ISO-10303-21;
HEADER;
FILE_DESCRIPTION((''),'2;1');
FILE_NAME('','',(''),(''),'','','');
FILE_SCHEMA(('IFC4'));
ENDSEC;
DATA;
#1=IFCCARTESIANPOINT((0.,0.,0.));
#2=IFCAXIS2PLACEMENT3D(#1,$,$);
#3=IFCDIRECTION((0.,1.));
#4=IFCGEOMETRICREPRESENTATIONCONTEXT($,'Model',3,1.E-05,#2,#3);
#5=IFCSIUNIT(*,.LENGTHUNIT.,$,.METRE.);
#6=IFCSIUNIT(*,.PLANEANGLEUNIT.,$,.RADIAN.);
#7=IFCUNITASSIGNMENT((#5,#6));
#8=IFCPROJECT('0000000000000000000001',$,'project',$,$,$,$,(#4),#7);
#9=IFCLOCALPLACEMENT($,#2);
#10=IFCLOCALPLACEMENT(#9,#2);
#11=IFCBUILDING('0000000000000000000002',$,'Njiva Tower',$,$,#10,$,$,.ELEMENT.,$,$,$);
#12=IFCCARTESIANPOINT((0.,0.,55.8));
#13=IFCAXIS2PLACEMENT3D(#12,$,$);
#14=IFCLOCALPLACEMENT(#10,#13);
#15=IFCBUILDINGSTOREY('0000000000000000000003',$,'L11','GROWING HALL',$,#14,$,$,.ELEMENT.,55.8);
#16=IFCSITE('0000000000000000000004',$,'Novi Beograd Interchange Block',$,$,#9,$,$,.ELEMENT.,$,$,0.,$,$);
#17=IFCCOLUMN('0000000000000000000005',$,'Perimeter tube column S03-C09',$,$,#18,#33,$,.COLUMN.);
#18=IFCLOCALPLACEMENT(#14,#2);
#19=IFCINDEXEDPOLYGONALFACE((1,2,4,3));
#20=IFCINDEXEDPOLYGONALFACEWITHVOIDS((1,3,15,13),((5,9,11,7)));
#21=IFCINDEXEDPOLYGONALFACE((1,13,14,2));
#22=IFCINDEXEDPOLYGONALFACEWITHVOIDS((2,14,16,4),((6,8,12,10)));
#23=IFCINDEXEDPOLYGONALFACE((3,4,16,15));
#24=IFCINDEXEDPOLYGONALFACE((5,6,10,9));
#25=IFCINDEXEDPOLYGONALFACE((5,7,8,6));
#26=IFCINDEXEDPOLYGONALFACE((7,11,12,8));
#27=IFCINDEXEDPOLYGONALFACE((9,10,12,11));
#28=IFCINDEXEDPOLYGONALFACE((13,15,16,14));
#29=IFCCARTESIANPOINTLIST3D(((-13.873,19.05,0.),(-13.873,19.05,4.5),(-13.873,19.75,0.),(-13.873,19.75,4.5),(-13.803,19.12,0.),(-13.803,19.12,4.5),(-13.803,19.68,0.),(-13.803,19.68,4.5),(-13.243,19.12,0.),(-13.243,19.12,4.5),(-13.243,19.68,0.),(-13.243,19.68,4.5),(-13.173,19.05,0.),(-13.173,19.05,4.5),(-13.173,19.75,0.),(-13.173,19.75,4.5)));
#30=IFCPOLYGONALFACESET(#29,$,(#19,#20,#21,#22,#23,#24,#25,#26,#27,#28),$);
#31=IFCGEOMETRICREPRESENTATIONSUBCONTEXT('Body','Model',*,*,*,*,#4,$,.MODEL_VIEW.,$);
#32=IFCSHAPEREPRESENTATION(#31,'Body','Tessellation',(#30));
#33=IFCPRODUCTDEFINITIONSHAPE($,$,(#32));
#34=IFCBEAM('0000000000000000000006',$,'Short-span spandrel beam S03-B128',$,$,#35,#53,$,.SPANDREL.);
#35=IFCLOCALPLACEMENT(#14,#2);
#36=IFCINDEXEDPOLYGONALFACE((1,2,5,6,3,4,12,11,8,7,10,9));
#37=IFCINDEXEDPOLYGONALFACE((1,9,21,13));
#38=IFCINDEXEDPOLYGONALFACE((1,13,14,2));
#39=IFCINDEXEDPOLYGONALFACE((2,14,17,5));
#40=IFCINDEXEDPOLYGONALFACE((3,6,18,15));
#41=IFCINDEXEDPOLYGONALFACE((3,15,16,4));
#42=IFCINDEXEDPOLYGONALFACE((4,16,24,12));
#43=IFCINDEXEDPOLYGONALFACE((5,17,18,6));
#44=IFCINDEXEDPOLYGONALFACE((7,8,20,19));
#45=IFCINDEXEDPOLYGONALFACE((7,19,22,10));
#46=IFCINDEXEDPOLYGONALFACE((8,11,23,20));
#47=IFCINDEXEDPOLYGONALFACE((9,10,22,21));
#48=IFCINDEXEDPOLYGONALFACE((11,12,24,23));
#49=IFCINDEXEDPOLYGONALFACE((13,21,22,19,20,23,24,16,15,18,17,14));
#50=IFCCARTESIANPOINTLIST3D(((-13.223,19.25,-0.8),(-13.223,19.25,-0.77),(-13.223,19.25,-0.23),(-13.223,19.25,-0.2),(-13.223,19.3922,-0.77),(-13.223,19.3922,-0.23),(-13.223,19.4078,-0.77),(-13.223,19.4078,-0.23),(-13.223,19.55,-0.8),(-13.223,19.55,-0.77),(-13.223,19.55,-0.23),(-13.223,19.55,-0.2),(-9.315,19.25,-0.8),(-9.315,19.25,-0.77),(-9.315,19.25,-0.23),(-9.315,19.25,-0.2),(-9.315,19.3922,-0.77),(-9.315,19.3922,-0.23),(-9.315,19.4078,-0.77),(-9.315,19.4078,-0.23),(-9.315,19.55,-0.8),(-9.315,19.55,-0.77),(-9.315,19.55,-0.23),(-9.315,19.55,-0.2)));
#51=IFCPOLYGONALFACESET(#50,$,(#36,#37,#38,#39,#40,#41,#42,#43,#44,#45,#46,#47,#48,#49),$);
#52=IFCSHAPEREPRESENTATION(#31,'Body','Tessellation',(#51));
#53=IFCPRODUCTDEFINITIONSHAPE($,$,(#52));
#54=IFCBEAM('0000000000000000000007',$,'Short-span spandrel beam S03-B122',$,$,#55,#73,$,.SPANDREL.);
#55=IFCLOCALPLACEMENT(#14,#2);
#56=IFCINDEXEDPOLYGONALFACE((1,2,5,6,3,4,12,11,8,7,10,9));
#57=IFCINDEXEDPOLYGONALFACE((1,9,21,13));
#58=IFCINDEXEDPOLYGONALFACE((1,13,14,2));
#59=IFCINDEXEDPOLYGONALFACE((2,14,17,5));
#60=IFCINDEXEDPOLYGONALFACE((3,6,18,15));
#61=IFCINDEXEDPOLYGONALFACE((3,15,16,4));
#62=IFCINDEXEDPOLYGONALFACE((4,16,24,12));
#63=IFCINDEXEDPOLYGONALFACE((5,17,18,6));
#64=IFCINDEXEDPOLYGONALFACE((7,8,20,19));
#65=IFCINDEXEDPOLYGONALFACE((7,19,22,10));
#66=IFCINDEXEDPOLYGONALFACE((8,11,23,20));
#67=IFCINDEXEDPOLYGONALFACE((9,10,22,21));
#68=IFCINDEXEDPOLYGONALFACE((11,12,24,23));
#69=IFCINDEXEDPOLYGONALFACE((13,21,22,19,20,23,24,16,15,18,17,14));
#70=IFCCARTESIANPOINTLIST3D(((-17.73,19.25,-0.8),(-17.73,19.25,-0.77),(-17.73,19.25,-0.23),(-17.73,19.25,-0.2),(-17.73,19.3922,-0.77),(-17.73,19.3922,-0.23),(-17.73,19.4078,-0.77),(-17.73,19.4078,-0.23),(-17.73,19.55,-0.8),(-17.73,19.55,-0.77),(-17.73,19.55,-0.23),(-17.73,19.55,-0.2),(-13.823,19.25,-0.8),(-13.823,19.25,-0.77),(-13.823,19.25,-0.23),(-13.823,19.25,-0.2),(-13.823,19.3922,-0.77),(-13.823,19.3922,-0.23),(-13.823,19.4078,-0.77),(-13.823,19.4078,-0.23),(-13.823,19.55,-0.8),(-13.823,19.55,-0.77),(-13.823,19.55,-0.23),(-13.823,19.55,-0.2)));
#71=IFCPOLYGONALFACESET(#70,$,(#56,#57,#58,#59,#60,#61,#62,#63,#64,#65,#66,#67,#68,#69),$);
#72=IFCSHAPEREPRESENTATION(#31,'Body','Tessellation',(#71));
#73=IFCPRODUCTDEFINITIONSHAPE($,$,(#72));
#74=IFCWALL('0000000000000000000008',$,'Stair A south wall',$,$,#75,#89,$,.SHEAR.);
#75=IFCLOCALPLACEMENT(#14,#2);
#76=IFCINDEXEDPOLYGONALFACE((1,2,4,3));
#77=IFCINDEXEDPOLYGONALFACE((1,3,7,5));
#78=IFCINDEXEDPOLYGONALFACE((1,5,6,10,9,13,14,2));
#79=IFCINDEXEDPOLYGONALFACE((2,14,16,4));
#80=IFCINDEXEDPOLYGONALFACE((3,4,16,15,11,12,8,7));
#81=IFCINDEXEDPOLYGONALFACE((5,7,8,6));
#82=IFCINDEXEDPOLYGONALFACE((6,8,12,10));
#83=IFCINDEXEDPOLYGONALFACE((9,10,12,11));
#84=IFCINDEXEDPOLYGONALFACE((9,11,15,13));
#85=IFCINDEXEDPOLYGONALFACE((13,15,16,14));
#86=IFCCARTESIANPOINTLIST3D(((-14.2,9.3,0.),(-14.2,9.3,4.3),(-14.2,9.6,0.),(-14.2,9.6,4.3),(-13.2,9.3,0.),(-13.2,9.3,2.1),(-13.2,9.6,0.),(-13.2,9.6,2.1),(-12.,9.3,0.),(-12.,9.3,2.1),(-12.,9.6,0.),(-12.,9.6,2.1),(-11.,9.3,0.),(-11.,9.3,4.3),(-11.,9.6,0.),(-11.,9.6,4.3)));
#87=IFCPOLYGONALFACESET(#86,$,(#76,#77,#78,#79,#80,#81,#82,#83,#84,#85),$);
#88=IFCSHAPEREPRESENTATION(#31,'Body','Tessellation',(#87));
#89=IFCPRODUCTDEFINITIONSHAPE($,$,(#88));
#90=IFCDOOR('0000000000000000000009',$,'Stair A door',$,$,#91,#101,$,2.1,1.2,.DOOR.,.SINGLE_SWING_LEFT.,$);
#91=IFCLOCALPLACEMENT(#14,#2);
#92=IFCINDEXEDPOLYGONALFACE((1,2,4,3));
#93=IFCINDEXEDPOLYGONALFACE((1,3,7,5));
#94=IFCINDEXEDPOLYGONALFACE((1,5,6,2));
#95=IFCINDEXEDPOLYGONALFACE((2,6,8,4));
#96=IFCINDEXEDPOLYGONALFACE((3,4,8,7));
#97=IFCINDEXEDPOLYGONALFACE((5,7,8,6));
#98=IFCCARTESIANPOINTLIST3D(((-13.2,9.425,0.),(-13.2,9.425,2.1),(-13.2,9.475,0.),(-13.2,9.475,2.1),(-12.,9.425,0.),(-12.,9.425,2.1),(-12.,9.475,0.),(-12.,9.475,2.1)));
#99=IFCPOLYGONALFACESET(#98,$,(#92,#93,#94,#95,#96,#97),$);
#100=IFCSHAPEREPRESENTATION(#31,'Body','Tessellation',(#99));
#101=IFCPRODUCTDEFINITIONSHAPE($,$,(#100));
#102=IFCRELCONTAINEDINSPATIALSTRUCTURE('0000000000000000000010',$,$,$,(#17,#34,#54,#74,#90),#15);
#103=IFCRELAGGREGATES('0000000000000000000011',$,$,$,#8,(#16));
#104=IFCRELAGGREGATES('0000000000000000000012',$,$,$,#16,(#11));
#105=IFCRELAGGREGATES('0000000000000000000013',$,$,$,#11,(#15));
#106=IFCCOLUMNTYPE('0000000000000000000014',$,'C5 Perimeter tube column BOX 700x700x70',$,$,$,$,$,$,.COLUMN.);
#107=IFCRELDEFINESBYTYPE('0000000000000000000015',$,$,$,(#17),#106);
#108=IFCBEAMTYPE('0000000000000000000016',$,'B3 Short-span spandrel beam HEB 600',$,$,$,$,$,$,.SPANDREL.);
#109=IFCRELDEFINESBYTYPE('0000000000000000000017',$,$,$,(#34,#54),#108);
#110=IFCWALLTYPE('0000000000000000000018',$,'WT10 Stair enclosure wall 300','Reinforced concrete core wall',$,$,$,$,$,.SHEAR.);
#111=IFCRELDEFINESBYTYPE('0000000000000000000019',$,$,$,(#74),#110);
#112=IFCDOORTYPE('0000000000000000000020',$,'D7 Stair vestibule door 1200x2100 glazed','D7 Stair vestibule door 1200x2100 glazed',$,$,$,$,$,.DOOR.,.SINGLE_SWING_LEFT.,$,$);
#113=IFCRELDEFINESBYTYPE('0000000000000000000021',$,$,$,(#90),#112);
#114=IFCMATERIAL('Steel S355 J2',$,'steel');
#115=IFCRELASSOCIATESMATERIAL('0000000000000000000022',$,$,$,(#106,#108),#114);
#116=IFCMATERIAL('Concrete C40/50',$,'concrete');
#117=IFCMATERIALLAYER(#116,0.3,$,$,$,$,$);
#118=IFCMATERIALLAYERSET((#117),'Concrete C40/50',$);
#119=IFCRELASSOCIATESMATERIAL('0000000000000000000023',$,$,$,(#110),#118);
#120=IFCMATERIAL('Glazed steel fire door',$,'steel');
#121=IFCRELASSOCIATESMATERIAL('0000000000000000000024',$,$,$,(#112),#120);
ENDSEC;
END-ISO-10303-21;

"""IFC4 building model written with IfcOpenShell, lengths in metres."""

from ifc_helpers import new_model, si_unit, direction, frame, frame_2d, origin, origin_2d, place, context, subcontext, project, spatial, rectangle, hollow_rectangle, i_section, extrude, material, layer, layer_set, material_profile, profile_set, type_object, element, fill, save


model = new_model("IFC4")

# Units and contexts
model_context = context("Model", 3, precision=1e-05, world=origin(), true_north=direction((0.0, 1.0)))
body_context = subcontext(model_context, "Body", "Model", "MODEL_VIEW")
ifc_project = project(units=[si_unit("LENGTHUNIT", "METRE"), si_unit("PLANEANGLEUNIT", "RADIAN")], contexts=[model_context])

# Site, building, storey
site_placement = place(None, origin())
site = spatial("IfcSite", under=ifc_project, at=site_placement, Name="Novi Beograd Interchange Block", CompositionType="ELEMENT", RefElevation=0.0)
building_placement = place(site_placement, origin())
building = spatial("IfcBuilding", under=site, at=building_placement, Name="Njiva Tower", CompositionType="ELEMENT")
storey_placement = place(building_placement, frame((0.0, 0.0, 55.8)))
storey = spatial("IfcBuildingStorey", under=building, at=storey_placement, Name="L11", Description="GROWING HALL", CompositionType="ELEMENT", Elevation=55.8)

# Column
ifc_material_1 = material(Name="Steel S355 J2", Category="steel")
ifc_material_profile_1 = material_profile(ifc_material_1, hollow_rectangle(XDim=0.7, YDim=0.7, WallThickness=0.07, at=origin_2d()), Name="BOX 700x700x70")
ifc_profile_set_1 = profile_set([ifc_material_profile_1], Name="Steel S355 J2")
column_type = type_object("IfcColumnType", Name="C5 Perimeter tube column BOX 700x700x70", PredefinedType="COLUMN", material=ifc_profile_set_1)
column_placement = place(storey_placement, frame((-13.523, 19.4, 0.0), z_axis=(0.0, 0.0, 1.0), x_axis=(-1.0, 0.0, 0.0)))
element("IfcColumn", 1, at=column_placement, inside=storey, type_object=column_type, Name="Perimeter tube column S03-C09", PredefinedType="COLUMN", context=body_context, shape_type="SweptSolid", body=[
    extrude(hollow_rectangle(XDim=0.7, YDim=0.7, WallThickness=0.07, at=origin_2d()), origin(), (0.0, 0.0, 1.0), 4.5),
])

# Beams
ifc_material_profile_2 = material_profile(ifc_material_1, i_section(OverallWidth=0.3, OverallDepth=0.6, WebThickness=0.0155, FlangeThickness=0.03, at=origin_2d()), Name="HEB 600")
ifc_profile_set_2 = profile_set([ifc_material_profile_2], Name="Steel S355 J2")
beam_type = type_object("IfcBeamType", Name="B3 Short-span spandrel beam HEB 600", PredefinedType="SPANDREL", material=ifc_profile_set_2)
beam_1_placement = place(storey_placement, frame((-9.315, 19.4, -0.5), z_axis=(-1.0, 0.0, 0.0), x_axis=(0.0, -1.0, 0.0)))
element("IfcBeam", 2, at=beam_1_placement, inside=storey, type_object=beam_type, Name="Short-span spandrel beam S03-B128", PredefinedType="SPANDREL", context=body_context, shape_type="SweptSolid", body=[
    extrude(i_section(OverallWidth=0.3, OverallDepth=0.6, WebThickness=0.0155, FlangeThickness=0.03, at=origin_2d()), origin(), (0.0, 0.0, 1.0), 3.908),
])
beam_2_placement = place(storey_placement, frame((-13.823, 19.4, -0.5), z_axis=(-1.0, 0.0, 0.0), x_axis=(0.0, -1.0, 0.0)))
element("IfcBeam", 3, at=beam_2_placement, inside=storey, type_object=beam_type, Name="Short-span spandrel beam S03-B122", PredefinedType="SPANDREL", context=body_context, shape_type="SweptSolid", body=[
    extrude(i_section(OverallWidth=0.3, OverallDepth=0.6, WebThickness=0.0155, FlangeThickness=0.03, at=origin_2d()), origin(), (0.0, 0.0, 1.0), 3.907),
])

# Wall, opening, door
ifc_material_2 = material(Name="Concrete C40/50", Category="concrete")
ifc_layer_1 = layer(ifc_material_2, 0.3)
ifc_layer_set_1 = layer_set([ifc_layer_1], Name="Concrete C40/50")
wall_type_1 = type_object("IfcWallType", Name="WT10 Stair enclosure wall 300", Description="Reinforced concrete core wall", PredefinedType="SHEAR", material=ifc_layer_set_1)
wall_1_placement = place(storey_placement, frame((-14.2, 9.45, 0.0), z_axis=(0.0, 0.0, 1.0), x_axis=(1.0, 0.0, 0.0)))
wall_1 = element("IfcWall", 4, at=wall_1_placement, inside=storey, type_object=wall_type_1, Name="Stair A south wall", PredefinedType="SHEAR", context=body_context, shape_type="SweptSolid", body=[
    extrude(rectangle(XDim=3.2, YDim=0.3, at=frame_2d((1.6, 0.0))), origin(), (0.0, 0.0, 1.0), 4.3),
])
opening_1_placement = place(wall_1_placement, frame((1.0, 0.0, 0.0)))
opening_1 = element("IfcOpeningElement", 5, at=opening_1_placement, cuts=wall_1, PredefinedType="OPENING", context=body_context, shape_type="SweptSolid", body=[
    extrude(rectangle(XDim=1.2, YDim=2.1, at=frame_2d((0.6, 1.05))), frame((0.0, 0.16, 0.0), z_axis=(0.0, -1.0, 0.0), x_axis=(1.0, 0.0, 0.0)), (0.0, 0.0, 1.0), 0.32),
])
ifc_material_3 = material(Name="Glazed steel fire door", Category="steel")
door_type_1 = type_object("IfcDoorType", Name="D7 Stair vestibule door 1200x2100 glazed", Description="D7 Stair vestibule door 1200x2100 glazed", OperationType="SINGLE_SWING_LEFT", PredefinedType="DOOR", material=ifc_material_3)
door_1_placement = place(opening_1_placement, origin())
door_1 = element("IfcDoor", 6, at=door_1_placement, inside=storey, type_object=door_type_1, Name="Stair A door", OperationType="SINGLE_SWING_LEFT", OverallHeight=2.1, OverallWidth=1.2, PredefinedType="DOOR", context=body_context, shape_type="SweptSolid", body=[
    extrude(rectangle(XDim=1.2, YDim=2.1, at=frame_2d((0.6, 1.05))), frame((0.0, 0.025, 0.0), z_axis=(0.0, -1.0, 0.0), x_axis=(1.0, 0.0, 0.0)), (0.0, 0.0, 1.0), 0.05),
])
fill(opening_1, door_1)

save(model, "model.ifc")
